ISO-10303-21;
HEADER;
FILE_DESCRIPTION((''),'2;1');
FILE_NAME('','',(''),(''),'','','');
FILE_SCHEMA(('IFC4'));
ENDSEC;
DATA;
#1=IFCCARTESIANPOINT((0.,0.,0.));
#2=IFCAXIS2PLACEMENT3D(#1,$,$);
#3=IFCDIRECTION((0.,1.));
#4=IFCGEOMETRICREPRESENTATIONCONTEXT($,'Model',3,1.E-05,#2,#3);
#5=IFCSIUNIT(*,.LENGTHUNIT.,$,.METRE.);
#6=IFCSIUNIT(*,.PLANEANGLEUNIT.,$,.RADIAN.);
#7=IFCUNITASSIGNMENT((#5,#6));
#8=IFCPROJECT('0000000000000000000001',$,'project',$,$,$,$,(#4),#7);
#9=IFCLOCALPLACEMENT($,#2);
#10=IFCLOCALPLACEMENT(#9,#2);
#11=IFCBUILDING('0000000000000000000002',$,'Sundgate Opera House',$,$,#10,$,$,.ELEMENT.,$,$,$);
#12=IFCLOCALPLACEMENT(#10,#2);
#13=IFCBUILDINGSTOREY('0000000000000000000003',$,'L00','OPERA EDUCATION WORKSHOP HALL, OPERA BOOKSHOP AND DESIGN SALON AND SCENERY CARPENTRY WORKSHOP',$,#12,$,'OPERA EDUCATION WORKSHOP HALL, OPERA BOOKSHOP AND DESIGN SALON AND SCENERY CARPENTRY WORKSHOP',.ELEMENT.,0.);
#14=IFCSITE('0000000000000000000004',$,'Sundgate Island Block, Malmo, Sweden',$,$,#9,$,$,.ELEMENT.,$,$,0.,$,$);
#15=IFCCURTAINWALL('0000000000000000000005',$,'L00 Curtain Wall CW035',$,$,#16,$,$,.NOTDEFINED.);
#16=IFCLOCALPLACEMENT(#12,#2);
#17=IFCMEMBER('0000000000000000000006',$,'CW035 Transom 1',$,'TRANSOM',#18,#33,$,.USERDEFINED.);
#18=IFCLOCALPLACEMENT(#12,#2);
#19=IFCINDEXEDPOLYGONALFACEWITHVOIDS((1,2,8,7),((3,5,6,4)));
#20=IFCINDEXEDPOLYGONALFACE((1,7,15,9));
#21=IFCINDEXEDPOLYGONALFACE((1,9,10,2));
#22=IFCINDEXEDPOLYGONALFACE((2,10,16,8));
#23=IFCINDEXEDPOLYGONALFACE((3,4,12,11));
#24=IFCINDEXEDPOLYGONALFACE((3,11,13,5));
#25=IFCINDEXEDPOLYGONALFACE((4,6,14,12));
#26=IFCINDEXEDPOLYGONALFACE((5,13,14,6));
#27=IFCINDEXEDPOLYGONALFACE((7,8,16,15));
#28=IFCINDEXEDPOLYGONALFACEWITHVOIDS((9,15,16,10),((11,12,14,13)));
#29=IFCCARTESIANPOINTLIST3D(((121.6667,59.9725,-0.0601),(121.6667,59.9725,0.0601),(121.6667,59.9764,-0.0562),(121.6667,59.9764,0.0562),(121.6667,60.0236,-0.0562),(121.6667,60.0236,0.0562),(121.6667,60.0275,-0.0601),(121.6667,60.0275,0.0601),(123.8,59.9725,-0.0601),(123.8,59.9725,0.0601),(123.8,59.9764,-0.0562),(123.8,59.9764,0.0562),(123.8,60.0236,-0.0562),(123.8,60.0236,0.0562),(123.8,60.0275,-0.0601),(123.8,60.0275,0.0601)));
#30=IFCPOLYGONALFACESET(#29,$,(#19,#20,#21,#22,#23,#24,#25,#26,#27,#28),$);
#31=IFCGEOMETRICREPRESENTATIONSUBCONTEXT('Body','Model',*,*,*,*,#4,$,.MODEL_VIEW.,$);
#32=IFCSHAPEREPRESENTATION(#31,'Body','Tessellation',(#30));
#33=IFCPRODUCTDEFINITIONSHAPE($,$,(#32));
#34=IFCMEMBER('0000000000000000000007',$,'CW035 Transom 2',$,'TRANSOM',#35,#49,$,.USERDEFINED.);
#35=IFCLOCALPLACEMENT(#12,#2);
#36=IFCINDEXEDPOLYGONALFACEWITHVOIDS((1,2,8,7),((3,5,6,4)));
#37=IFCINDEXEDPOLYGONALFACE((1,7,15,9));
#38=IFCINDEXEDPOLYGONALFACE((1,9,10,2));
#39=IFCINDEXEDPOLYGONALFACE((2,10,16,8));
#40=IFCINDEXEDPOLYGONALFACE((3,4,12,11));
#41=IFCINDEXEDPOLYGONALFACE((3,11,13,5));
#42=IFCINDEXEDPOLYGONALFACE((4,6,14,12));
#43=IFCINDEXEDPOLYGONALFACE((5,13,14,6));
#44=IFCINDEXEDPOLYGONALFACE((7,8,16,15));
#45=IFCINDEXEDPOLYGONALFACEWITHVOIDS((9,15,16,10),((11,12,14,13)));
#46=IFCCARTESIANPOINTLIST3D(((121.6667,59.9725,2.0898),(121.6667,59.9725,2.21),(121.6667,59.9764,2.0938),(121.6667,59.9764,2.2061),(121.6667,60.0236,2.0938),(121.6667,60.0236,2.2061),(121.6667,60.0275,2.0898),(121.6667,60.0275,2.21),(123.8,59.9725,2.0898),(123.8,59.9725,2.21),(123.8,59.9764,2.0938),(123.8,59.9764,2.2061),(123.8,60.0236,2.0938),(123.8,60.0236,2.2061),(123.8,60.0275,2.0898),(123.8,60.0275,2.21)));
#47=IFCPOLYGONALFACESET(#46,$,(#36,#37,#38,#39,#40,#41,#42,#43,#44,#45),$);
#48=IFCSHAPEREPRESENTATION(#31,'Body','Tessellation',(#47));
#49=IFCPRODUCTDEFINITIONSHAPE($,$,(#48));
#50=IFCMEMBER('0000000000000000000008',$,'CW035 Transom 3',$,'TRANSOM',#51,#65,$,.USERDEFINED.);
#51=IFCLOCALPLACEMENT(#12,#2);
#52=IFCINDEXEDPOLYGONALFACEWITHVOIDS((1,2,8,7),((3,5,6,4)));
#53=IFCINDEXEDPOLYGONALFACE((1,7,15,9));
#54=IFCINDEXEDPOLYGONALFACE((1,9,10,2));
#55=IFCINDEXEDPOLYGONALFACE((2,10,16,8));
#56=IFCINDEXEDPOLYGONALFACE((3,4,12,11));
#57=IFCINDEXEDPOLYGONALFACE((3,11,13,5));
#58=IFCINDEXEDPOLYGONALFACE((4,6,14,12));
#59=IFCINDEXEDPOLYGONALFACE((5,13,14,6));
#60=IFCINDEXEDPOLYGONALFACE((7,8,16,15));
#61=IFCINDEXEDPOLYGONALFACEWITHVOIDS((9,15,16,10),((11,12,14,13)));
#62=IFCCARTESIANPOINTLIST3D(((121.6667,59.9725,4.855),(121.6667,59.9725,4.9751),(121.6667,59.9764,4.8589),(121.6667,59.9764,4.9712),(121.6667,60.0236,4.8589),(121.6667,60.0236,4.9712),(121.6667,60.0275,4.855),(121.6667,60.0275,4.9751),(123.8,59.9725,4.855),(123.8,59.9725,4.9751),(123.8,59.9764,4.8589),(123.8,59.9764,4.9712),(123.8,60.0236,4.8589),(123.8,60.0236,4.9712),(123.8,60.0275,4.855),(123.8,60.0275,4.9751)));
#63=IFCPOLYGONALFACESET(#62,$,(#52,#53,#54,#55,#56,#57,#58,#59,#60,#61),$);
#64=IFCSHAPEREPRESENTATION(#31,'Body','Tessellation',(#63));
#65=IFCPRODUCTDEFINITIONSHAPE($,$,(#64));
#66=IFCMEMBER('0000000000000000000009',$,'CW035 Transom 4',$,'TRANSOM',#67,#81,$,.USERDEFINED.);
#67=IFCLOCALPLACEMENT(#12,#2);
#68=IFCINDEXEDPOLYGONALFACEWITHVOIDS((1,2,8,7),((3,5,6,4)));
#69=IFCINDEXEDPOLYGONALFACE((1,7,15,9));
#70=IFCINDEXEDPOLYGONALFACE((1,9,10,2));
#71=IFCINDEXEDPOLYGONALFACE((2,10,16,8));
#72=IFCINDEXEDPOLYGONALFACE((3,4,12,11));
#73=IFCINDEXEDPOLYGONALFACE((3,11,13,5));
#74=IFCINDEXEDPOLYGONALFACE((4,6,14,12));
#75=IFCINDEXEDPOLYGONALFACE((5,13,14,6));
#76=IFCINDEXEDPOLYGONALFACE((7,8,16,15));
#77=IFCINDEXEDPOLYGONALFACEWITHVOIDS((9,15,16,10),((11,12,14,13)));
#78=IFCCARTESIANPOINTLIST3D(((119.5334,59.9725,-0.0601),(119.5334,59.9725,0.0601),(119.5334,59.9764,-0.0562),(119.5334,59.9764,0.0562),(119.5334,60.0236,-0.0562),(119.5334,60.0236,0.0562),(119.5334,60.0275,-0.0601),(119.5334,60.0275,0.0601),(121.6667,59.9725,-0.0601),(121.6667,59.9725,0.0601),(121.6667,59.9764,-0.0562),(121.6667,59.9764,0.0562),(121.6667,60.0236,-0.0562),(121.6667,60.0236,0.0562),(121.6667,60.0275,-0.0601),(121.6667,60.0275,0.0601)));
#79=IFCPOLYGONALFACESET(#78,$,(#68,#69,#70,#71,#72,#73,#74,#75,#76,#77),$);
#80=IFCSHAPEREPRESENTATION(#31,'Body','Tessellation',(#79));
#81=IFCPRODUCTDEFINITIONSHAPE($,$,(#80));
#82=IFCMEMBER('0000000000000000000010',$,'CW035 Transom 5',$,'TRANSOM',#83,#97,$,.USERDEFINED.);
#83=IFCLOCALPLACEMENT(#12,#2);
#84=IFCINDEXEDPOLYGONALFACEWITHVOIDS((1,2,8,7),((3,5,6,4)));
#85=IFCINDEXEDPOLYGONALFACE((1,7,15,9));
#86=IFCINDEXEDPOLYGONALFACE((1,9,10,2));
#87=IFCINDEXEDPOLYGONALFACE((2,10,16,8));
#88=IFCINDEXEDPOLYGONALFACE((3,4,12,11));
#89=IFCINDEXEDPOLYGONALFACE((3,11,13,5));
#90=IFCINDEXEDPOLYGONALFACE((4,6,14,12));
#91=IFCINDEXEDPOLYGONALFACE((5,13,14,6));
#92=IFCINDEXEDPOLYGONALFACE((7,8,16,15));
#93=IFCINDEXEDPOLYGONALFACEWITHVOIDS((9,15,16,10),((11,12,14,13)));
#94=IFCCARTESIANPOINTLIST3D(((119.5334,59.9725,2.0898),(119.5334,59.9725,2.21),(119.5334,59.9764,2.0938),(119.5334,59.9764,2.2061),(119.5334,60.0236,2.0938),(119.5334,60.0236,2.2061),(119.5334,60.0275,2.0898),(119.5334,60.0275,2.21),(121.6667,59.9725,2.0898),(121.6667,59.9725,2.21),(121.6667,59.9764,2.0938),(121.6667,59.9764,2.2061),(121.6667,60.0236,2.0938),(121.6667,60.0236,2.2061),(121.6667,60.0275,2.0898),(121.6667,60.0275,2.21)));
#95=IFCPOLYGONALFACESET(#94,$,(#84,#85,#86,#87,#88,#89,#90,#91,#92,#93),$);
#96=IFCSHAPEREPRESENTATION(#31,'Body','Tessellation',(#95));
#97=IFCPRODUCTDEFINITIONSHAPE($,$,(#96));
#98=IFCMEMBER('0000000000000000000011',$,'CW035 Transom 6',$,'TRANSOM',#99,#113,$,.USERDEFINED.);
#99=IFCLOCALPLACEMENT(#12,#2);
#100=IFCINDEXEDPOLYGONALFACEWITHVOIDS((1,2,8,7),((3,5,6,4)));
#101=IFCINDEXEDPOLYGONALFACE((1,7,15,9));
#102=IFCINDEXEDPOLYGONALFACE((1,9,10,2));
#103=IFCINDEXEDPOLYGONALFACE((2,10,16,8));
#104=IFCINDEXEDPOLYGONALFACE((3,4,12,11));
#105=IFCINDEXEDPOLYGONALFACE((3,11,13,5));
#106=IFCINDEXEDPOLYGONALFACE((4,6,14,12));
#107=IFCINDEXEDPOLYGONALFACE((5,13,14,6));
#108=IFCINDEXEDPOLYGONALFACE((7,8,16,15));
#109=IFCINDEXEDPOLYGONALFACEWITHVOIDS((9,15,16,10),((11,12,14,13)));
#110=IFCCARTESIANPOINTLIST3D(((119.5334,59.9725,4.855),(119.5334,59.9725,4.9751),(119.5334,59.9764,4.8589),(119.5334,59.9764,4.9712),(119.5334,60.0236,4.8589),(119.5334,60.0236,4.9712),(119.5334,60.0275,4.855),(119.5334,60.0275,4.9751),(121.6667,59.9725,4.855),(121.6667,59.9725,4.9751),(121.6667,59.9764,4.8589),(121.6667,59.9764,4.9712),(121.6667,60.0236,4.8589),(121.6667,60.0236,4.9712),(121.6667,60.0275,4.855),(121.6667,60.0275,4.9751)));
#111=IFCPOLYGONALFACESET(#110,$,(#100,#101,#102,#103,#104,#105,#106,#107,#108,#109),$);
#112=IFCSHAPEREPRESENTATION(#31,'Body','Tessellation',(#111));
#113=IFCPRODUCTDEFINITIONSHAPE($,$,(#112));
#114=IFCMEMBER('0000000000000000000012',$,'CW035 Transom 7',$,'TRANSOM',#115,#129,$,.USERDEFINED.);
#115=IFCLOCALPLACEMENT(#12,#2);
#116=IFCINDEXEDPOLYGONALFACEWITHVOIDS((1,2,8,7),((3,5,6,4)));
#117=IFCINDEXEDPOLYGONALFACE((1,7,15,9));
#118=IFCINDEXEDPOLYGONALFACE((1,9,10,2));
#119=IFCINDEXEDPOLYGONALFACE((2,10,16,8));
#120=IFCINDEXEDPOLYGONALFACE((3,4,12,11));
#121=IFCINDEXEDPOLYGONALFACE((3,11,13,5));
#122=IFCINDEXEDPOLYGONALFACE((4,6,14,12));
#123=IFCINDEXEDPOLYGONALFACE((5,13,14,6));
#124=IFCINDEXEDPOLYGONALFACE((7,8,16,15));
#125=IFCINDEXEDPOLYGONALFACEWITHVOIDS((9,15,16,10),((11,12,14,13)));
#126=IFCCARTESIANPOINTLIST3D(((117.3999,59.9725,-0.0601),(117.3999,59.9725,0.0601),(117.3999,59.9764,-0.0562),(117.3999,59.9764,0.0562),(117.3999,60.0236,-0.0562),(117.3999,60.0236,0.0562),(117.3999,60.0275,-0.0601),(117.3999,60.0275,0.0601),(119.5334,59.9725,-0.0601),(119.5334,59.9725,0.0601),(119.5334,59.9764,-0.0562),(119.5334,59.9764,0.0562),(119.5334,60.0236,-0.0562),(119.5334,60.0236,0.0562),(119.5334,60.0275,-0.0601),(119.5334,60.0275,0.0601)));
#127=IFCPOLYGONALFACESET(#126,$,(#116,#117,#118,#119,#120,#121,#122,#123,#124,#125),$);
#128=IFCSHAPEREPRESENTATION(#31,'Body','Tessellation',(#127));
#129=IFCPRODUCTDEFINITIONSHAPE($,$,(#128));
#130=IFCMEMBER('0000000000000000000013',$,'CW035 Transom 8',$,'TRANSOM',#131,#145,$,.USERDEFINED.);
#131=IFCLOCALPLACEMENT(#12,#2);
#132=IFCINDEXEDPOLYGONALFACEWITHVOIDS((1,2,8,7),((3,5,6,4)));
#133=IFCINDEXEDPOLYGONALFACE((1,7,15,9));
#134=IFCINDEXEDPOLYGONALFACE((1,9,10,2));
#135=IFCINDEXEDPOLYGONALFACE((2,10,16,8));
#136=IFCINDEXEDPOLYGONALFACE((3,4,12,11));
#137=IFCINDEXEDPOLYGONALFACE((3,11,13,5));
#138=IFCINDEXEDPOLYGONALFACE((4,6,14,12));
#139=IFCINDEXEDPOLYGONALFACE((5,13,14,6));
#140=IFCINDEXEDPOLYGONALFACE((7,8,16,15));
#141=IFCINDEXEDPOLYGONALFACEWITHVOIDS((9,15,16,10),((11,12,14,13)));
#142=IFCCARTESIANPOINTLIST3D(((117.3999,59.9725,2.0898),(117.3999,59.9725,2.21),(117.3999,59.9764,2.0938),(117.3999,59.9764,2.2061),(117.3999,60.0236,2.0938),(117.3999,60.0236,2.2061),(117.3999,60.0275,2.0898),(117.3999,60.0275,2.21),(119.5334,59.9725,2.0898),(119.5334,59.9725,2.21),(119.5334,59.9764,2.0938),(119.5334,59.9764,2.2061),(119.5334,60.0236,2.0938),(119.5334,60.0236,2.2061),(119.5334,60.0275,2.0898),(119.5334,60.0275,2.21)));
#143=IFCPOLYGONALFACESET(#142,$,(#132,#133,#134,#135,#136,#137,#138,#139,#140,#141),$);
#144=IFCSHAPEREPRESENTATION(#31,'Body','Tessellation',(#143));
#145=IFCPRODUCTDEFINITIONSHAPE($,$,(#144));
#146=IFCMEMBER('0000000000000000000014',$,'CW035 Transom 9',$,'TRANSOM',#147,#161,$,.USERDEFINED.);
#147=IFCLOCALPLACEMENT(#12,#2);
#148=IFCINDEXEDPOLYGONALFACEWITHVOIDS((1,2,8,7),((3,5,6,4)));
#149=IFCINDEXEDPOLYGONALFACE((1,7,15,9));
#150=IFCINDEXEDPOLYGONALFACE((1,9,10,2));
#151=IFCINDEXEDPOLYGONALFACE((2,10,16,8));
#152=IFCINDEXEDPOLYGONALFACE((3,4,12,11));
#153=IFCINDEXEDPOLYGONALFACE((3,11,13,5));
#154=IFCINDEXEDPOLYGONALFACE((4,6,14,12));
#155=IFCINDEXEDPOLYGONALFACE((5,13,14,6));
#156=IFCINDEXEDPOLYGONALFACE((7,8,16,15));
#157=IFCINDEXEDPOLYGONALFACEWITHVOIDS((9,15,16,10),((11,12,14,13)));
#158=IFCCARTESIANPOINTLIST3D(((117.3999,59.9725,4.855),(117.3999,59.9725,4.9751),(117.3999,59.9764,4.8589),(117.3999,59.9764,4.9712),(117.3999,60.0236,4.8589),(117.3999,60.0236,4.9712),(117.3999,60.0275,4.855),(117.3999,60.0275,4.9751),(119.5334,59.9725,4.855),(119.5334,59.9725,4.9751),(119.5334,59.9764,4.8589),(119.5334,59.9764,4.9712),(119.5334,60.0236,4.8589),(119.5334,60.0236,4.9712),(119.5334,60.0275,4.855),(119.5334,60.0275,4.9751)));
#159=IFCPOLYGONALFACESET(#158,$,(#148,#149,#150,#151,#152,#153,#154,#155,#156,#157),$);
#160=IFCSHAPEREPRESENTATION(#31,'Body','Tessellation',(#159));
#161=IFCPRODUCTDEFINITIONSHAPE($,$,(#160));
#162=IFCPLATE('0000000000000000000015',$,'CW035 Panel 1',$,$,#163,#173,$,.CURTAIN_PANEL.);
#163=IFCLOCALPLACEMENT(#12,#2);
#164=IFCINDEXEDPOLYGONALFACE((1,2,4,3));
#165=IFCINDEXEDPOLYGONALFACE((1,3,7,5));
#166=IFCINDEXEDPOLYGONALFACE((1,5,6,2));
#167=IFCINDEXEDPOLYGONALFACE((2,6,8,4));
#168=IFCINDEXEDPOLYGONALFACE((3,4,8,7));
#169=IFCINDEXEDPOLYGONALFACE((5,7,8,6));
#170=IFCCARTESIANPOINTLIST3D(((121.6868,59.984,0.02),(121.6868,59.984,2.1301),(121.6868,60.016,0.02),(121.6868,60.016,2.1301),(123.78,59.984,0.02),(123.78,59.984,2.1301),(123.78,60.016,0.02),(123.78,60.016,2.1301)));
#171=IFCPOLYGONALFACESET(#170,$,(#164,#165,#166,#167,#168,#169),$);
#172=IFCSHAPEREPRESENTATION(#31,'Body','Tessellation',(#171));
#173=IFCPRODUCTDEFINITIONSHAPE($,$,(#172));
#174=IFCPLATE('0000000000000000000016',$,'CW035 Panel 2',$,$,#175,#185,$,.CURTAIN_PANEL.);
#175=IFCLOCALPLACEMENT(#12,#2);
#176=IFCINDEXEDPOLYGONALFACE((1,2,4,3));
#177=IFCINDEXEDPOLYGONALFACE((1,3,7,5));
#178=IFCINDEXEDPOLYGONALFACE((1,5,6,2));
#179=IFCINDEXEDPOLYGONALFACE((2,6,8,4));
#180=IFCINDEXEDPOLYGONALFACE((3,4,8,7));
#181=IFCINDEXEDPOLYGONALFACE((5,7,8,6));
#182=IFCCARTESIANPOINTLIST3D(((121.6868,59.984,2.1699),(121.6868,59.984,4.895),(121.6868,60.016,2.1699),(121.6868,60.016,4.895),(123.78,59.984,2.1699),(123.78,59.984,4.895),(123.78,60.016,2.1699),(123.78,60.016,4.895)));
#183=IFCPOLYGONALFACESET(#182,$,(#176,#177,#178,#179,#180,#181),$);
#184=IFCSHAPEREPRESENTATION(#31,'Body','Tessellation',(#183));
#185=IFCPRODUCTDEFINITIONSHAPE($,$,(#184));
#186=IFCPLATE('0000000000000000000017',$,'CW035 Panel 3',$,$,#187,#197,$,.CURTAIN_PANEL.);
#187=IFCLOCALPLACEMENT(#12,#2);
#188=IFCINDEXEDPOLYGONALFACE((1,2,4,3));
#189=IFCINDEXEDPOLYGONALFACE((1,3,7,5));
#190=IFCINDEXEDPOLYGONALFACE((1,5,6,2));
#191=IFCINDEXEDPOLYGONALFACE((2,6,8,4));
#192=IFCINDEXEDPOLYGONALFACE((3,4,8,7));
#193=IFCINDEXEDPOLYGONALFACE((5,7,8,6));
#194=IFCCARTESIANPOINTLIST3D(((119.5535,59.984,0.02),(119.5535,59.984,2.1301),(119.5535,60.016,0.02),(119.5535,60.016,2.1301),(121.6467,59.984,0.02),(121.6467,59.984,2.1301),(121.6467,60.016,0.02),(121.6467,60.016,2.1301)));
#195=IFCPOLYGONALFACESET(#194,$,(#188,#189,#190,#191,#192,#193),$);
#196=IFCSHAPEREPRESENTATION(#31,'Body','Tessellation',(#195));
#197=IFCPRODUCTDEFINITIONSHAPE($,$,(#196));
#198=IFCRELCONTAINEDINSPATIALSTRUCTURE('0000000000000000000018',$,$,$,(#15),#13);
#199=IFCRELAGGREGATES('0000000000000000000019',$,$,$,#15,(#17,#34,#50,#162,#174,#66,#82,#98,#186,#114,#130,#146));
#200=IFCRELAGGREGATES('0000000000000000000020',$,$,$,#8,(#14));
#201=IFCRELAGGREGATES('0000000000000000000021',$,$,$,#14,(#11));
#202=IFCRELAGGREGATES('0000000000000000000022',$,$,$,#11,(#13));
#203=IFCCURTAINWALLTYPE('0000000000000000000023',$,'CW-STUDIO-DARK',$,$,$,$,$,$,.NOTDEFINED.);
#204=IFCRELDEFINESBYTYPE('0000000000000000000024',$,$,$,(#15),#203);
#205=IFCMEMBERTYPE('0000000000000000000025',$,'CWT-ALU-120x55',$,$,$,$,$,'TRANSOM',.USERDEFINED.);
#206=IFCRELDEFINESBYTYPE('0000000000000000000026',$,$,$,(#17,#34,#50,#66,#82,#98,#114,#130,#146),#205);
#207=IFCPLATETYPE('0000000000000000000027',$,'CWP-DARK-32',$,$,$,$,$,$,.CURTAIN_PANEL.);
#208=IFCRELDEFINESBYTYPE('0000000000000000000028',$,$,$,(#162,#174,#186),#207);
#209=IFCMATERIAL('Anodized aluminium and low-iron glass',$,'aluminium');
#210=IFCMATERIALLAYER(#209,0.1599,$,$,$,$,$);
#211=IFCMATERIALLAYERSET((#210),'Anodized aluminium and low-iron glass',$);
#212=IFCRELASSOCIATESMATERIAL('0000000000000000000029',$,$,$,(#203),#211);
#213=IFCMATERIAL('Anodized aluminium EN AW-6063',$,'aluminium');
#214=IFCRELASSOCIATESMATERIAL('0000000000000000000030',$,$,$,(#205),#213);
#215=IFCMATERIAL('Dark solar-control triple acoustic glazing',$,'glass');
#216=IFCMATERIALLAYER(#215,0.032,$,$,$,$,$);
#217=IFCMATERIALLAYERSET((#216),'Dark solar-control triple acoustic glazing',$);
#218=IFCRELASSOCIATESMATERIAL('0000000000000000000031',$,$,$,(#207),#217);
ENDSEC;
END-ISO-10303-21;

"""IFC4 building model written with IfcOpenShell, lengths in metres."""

from ifc_helpers import new_model, si_unit, direction, frame, origin, origin_2d, place, context, subcontext, project, spatial, rectangle, hollow_rectangle, extrude, material, layer, layer_set, material_profile, profile_set, type_object, element, aggregate, save


model = new_model("IFC4")

# Units and contexts
model_context = context("Model", 3, precision=1e-05, world=origin(), true_north=direction((0.0, 1.0)))
body_context = subcontext(model_context, "Body", "Model", "MODEL_VIEW")
ifc_project = project(units=[si_unit("LENGTHUNIT", "METRE"), si_unit("PLANEANGLEUNIT", "RADIAN")], contexts=[model_context])

# Site, building, storey
site_placement = place(None, origin())
site = spatial("IfcSite", under=ifc_project, at=site_placement, Name="Sundgate Island Block, Malmo, Sweden", CompositionType="ELEMENT", RefElevation=0.0)
building_placement = place(site_placement, origin())
building = spatial("IfcBuilding", under=site, at=building_placement, Name="Sundgate Opera House", CompositionType="ELEMENT")
storey_placement = place(building_placement, origin())
storey = spatial("IfcBuildingStorey", under=building, at=storey_placement, Name="L00", Description="OPERA EDUCATION WORKSHOP HALL, OPERA BOOKSHOP AND DESIGN SALON AND SCENERY CARPENTRY WORKSHOP", LongName="OPERA EDUCATION WORKSHOP HALL, OPERA BOOKSHOP AND DESIGN SALON AND SCENERY CARPENTRY WORKSHOP", CompositionType="ELEMENT", Elevation=0.0)

# Curtain wall, members, plates
ifc_material_1 = material(Name="Anodized aluminium and low-iron glass", Category="aluminium")
ifc_layer_1 = layer(ifc_material_1, 0.1599)
ifc_layer_set_1 = layer_set([ifc_layer_1], Name="Anodized aluminium and low-iron glass")
curtain_wall_type = type_object("IfcCurtainWallType", Name="CW-STUDIO-DARK", PredefinedType="NOTDEFINED", material=ifc_layer_set_1)
curtain_wall_placement = place(storey_placement, origin())
curtain_wall = element("IfcCurtainWall", 1, at=curtain_wall_placement, inside=storey, type_object=curtain_wall_type, Name="L00 Curtain Wall CW035", PredefinedType="NOTDEFINED")
ifc_material_2 = material(Name="Anodized aluminium EN AW-6063", Category="aluminium")
ifc_material_profile_1 = material_profile(ifc_material_2, hollow_rectangle(XDim=0.0549, YDim=0.1201, WallThickness=0.0039, at=origin_2d()), Name="CWT 120x55x4")
ifc_profile_set_1 = profile_set([ifc_material_profile_1], Name="Anodized aluminium EN AW-6063")
member_type_1 = type_object("IfcMemberType", Name="CWT-ALU-120x55", ElementType="TRANSOM", PredefinedType="USERDEFINED", material=ifc_profile_set_1)
member_1_placement = place(storey_placement, frame((123.8, 60.0, 0.0), z_axis=(-1.0, 0.0, 0.0), x_axis=(0.0, -1.0, 0.0)))
member_1 = element("IfcMember", 2, at=member_1_placement, type_object=member_type_1, Name="CW035 Transom 1", ObjectType="TRANSOM", PredefinedType="USERDEFINED", context=body_context, shape_type="SweptSolid", body=[
    extrude(hollow_rectangle(XDim=0.0549, YDim=0.1201, WallThickness=0.0039, at=origin_2d()), origin(), (0.0, 0.0, 1.0), 2.1333),
])
member_2_placement = place(storey_placement, frame((123.8, 60.0, 2.1499), z_axis=(-1.0, 0.0, 0.0), x_axis=(0.0, -1.0, 0.0)))
member_2 = element("IfcMember", 3, at=member_2_placement, type_object=member_type_1, Name="CW035 Transom 2", ObjectType="TRANSOM", PredefinedType="USERDEFINED", context=body_context, shape_type="SweptSolid", body=[
    extrude(hollow_rectangle(XDim=0.0549, YDim=0.1201, WallThickness=0.0039, at=origin_2d()), origin(), (0.0, 0.0, 1.0), 2.1333),
])
member_3_placement = place(storey_placement, frame((123.8, 60.0, 4.915), z_axis=(-1.0, 0.0, 0.0), x_axis=(0.0, -1.0, 0.0)))
member_3 = element("IfcMember", 4, at=member_3_placement, type_object=member_type_1, Name="CW035 Transom 3", ObjectType="TRANSOM", PredefinedType="USERDEFINED", context=body_context, shape_type="SweptSolid", body=[
    extrude(hollow_rectangle(XDim=0.0549, YDim=0.1201, WallThickness=0.0039, at=origin_2d()), origin(), (0.0, 0.0, 1.0), 2.1333),
])
member_4_placement = place(storey_placement, frame((121.6667, 60.0, 0.0), z_axis=(-1.0, 0.0, 0.0), x_axis=(0.0, -1.0, 0.0)))
member_4 = element("IfcMember", 5, at=member_4_placement, type_object=member_type_1, Name="CW035 Transom 4", ObjectType="TRANSOM", PredefinedType="USERDEFINED", context=body_context, shape_type="SweptSolid", body=[
    extrude(hollow_rectangle(XDim=0.0549, YDim=0.1201, WallThickness=0.0039, at=origin_2d()), origin(), (0.0, 0.0, 1.0), 2.1333),
])
member_5_placement = place(storey_placement, frame((121.6667, 60.0, 2.1499), z_axis=(-1.0, 0.0, 0.0), x_axis=(0.0, -1.0, 0.0)))
member_5 = element("IfcMember", 6, at=member_5_placement, type_object=member_type_1, Name="CW035 Transom 5", ObjectType="TRANSOM", PredefinedType="USERDEFINED", context=body_context, shape_type="SweptSolid", body=[
    extrude(hollow_rectangle(XDim=0.0549, YDim=0.1201, WallThickness=0.0039, at=origin_2d()), origin(), (0.0, 0.0, 1.0), 2.1333),
])
member_6_placement = place(storey_placement, frame((121.6667, 60.0, 4.915), z_axis=(-1.0, 0.0, 0.0), x_axis=(0.0, -1.0, 0.0)))
member_6 = element("IfcMember", 7, at=member_6_placement, type_object=member_type_1, Name="CW035 Transom 6", ObjectType="TRANSOM", PredefinedType="USERDEFINED", context=body_context, shape_type="SweptSolid", body=[
    extrude(hollow_rectangle(XDim=0.0549, YDim=0.1201, WallThickness=0.0039, at=origin_2d()), origin(), (0.0, 0.0, 1.0), 2.1333),
])
member_7_placement = place(storey_placement, frame((119.5334, 60.0, 0.0), z_axis=(-1.0, 0.0, 0.0), x_axis=(0.0, -1.0, 0.0)))
member_7 = element("IfcMember", 8, at=member_7_placement, type_object=member_type_1, Name="CW035 Transom 7", ObjectType="TRANSOM", PredefinedType="USERDEFINED", context=body_context, shape_type="SweptSolid", body=[
    extrude(hollow_rectangle(XDim=0.0549, YDim=0.1201, WallThickness=0.0039, at=origin_2d()), origin(), (0.0, 0.0, 1.0), 2.1335),
])
member_8_placement = place(storey_placement, frame((119.5334, 60.0, 2.1499), z_axis=(-1.0, 0.0, 0.0), x_axis=(0.0, -1.0, 0.0)))
member_8 = element("IfcMember", 9, at=member_8_placement, type_object=member_type_1, Name="CW035 Transom 8", ObjectType="TRANSOM", PredefinedType="USERDEFINED", context=body_context, shape_type="SweptSolid", body=[
    extrude(hollow_rectangle(XDim=0.0549, YDim=0.1201, WallThickness=0.0039, at=origin_2d()), origin(), (0.0, 0.0, 1.0), 2.1335),
])
member_9_placement = place(storey_placement, frame((119.5334, 60.0, 4.915), z_axis=(-1.0, 0.0, 0.0), x_axis=(0.0, -1.0, 0.0)))
member_9 = element("IfcMember", 10, at=member_9_placement, type_object=member_type_1, Name="CW035 Transom 9", ObjectType="TRANSOM", PredefinedType="USERDEFINED", context=body_context, shape_type="SweptSolid", body=[
    extrude(hollow_rectangle(XDim=0.0549, YDim=0.1201, WallThickness=0.0039, at=origin_2d()), origin(), (0.0, 0.0, 1.0), 2.1335),
])
ifc_material_3 = material(Name="Dark solar-control triple acoustic glazing", Category="glass")
ifc_layer_2 = layer(ifc_material_3, 0.032)
ifc_layer_set_2 = layer_set([ifc_layer_2], Name="Dark solar-control triple acoustic glazing")
plate_type_1 = type_object("IfcPlateType", Name="CWP-DARK-32", PredefinedType="CURTAIN_PANEL", material=ifc_layer_set_2)
plate_1_placement = place(storey_placement, frame((122.7334, 60.0, 0.02), z_axis=(0.0, 0.0, 1.0), x_axis=(-1.0, 0.0, 0.0)))
plate_1 = element("IfcPlate", 11, at=plate_1_placement, type_object=plate_type_1, Name="CW035 Panel 1", PredefinedType="CURTAIN_PANEL", context=body_context, shape_type="SweptSolid", body=[
    extrude(rectangle(XDim=2.0933, YDim=0.032, at=origin_2d()), origin(), (0.0, 0.0, 1.0), 2.1101),
])
plate_2_placement = place(storey_placement, frame((122.7334, 60.0, 2.1699), z_axis=(0.0, 0.0, 1.0), x_axis=(-1.0, 0.0, 0.0)))
plate_2 = element("IfcPlate", 12, at=plate_2_placement, type_object=plate_type_1, Name="CW035 Panel 2", PredefinedType="CURTAIN_PANEL", context=body_context, shape_type="SweptSolid", body=[
    extrude(rectangle(XDim=2.0933, YDim=0.032, at=origin_2d()), origin(), (0.0, 0.0, 1.0), 2.7251),
])
plate_3_placement = place(storey_placement, frame((120.6001, 60.0, 0.02), z_axis=(0.0, 0.0, 1.0), x_axis=(-1.0, 0.0, 0.0)))
plate_3 = element("IfcPlate", 13, at=plate_3_placement, type_object=plate_type_1, Name="CW035 Panel 3", PredefinedType="CURTAIN_PANEL", context=body_context, shape_type="SweptSolid", body=[
    extrude(rectangle(XDim=2.0933, YDim=0.032, at=origin_2d()), origin(), (0.0, 0.0, 1.0), 2.1101),
])
aggregate(curtain_wall, [member_1, member_2, member_3, plate_1, plate_2, member_4, member_5, member_6, plate_3, member_7, member_8, member_9])

save(model, "model.ifc")
